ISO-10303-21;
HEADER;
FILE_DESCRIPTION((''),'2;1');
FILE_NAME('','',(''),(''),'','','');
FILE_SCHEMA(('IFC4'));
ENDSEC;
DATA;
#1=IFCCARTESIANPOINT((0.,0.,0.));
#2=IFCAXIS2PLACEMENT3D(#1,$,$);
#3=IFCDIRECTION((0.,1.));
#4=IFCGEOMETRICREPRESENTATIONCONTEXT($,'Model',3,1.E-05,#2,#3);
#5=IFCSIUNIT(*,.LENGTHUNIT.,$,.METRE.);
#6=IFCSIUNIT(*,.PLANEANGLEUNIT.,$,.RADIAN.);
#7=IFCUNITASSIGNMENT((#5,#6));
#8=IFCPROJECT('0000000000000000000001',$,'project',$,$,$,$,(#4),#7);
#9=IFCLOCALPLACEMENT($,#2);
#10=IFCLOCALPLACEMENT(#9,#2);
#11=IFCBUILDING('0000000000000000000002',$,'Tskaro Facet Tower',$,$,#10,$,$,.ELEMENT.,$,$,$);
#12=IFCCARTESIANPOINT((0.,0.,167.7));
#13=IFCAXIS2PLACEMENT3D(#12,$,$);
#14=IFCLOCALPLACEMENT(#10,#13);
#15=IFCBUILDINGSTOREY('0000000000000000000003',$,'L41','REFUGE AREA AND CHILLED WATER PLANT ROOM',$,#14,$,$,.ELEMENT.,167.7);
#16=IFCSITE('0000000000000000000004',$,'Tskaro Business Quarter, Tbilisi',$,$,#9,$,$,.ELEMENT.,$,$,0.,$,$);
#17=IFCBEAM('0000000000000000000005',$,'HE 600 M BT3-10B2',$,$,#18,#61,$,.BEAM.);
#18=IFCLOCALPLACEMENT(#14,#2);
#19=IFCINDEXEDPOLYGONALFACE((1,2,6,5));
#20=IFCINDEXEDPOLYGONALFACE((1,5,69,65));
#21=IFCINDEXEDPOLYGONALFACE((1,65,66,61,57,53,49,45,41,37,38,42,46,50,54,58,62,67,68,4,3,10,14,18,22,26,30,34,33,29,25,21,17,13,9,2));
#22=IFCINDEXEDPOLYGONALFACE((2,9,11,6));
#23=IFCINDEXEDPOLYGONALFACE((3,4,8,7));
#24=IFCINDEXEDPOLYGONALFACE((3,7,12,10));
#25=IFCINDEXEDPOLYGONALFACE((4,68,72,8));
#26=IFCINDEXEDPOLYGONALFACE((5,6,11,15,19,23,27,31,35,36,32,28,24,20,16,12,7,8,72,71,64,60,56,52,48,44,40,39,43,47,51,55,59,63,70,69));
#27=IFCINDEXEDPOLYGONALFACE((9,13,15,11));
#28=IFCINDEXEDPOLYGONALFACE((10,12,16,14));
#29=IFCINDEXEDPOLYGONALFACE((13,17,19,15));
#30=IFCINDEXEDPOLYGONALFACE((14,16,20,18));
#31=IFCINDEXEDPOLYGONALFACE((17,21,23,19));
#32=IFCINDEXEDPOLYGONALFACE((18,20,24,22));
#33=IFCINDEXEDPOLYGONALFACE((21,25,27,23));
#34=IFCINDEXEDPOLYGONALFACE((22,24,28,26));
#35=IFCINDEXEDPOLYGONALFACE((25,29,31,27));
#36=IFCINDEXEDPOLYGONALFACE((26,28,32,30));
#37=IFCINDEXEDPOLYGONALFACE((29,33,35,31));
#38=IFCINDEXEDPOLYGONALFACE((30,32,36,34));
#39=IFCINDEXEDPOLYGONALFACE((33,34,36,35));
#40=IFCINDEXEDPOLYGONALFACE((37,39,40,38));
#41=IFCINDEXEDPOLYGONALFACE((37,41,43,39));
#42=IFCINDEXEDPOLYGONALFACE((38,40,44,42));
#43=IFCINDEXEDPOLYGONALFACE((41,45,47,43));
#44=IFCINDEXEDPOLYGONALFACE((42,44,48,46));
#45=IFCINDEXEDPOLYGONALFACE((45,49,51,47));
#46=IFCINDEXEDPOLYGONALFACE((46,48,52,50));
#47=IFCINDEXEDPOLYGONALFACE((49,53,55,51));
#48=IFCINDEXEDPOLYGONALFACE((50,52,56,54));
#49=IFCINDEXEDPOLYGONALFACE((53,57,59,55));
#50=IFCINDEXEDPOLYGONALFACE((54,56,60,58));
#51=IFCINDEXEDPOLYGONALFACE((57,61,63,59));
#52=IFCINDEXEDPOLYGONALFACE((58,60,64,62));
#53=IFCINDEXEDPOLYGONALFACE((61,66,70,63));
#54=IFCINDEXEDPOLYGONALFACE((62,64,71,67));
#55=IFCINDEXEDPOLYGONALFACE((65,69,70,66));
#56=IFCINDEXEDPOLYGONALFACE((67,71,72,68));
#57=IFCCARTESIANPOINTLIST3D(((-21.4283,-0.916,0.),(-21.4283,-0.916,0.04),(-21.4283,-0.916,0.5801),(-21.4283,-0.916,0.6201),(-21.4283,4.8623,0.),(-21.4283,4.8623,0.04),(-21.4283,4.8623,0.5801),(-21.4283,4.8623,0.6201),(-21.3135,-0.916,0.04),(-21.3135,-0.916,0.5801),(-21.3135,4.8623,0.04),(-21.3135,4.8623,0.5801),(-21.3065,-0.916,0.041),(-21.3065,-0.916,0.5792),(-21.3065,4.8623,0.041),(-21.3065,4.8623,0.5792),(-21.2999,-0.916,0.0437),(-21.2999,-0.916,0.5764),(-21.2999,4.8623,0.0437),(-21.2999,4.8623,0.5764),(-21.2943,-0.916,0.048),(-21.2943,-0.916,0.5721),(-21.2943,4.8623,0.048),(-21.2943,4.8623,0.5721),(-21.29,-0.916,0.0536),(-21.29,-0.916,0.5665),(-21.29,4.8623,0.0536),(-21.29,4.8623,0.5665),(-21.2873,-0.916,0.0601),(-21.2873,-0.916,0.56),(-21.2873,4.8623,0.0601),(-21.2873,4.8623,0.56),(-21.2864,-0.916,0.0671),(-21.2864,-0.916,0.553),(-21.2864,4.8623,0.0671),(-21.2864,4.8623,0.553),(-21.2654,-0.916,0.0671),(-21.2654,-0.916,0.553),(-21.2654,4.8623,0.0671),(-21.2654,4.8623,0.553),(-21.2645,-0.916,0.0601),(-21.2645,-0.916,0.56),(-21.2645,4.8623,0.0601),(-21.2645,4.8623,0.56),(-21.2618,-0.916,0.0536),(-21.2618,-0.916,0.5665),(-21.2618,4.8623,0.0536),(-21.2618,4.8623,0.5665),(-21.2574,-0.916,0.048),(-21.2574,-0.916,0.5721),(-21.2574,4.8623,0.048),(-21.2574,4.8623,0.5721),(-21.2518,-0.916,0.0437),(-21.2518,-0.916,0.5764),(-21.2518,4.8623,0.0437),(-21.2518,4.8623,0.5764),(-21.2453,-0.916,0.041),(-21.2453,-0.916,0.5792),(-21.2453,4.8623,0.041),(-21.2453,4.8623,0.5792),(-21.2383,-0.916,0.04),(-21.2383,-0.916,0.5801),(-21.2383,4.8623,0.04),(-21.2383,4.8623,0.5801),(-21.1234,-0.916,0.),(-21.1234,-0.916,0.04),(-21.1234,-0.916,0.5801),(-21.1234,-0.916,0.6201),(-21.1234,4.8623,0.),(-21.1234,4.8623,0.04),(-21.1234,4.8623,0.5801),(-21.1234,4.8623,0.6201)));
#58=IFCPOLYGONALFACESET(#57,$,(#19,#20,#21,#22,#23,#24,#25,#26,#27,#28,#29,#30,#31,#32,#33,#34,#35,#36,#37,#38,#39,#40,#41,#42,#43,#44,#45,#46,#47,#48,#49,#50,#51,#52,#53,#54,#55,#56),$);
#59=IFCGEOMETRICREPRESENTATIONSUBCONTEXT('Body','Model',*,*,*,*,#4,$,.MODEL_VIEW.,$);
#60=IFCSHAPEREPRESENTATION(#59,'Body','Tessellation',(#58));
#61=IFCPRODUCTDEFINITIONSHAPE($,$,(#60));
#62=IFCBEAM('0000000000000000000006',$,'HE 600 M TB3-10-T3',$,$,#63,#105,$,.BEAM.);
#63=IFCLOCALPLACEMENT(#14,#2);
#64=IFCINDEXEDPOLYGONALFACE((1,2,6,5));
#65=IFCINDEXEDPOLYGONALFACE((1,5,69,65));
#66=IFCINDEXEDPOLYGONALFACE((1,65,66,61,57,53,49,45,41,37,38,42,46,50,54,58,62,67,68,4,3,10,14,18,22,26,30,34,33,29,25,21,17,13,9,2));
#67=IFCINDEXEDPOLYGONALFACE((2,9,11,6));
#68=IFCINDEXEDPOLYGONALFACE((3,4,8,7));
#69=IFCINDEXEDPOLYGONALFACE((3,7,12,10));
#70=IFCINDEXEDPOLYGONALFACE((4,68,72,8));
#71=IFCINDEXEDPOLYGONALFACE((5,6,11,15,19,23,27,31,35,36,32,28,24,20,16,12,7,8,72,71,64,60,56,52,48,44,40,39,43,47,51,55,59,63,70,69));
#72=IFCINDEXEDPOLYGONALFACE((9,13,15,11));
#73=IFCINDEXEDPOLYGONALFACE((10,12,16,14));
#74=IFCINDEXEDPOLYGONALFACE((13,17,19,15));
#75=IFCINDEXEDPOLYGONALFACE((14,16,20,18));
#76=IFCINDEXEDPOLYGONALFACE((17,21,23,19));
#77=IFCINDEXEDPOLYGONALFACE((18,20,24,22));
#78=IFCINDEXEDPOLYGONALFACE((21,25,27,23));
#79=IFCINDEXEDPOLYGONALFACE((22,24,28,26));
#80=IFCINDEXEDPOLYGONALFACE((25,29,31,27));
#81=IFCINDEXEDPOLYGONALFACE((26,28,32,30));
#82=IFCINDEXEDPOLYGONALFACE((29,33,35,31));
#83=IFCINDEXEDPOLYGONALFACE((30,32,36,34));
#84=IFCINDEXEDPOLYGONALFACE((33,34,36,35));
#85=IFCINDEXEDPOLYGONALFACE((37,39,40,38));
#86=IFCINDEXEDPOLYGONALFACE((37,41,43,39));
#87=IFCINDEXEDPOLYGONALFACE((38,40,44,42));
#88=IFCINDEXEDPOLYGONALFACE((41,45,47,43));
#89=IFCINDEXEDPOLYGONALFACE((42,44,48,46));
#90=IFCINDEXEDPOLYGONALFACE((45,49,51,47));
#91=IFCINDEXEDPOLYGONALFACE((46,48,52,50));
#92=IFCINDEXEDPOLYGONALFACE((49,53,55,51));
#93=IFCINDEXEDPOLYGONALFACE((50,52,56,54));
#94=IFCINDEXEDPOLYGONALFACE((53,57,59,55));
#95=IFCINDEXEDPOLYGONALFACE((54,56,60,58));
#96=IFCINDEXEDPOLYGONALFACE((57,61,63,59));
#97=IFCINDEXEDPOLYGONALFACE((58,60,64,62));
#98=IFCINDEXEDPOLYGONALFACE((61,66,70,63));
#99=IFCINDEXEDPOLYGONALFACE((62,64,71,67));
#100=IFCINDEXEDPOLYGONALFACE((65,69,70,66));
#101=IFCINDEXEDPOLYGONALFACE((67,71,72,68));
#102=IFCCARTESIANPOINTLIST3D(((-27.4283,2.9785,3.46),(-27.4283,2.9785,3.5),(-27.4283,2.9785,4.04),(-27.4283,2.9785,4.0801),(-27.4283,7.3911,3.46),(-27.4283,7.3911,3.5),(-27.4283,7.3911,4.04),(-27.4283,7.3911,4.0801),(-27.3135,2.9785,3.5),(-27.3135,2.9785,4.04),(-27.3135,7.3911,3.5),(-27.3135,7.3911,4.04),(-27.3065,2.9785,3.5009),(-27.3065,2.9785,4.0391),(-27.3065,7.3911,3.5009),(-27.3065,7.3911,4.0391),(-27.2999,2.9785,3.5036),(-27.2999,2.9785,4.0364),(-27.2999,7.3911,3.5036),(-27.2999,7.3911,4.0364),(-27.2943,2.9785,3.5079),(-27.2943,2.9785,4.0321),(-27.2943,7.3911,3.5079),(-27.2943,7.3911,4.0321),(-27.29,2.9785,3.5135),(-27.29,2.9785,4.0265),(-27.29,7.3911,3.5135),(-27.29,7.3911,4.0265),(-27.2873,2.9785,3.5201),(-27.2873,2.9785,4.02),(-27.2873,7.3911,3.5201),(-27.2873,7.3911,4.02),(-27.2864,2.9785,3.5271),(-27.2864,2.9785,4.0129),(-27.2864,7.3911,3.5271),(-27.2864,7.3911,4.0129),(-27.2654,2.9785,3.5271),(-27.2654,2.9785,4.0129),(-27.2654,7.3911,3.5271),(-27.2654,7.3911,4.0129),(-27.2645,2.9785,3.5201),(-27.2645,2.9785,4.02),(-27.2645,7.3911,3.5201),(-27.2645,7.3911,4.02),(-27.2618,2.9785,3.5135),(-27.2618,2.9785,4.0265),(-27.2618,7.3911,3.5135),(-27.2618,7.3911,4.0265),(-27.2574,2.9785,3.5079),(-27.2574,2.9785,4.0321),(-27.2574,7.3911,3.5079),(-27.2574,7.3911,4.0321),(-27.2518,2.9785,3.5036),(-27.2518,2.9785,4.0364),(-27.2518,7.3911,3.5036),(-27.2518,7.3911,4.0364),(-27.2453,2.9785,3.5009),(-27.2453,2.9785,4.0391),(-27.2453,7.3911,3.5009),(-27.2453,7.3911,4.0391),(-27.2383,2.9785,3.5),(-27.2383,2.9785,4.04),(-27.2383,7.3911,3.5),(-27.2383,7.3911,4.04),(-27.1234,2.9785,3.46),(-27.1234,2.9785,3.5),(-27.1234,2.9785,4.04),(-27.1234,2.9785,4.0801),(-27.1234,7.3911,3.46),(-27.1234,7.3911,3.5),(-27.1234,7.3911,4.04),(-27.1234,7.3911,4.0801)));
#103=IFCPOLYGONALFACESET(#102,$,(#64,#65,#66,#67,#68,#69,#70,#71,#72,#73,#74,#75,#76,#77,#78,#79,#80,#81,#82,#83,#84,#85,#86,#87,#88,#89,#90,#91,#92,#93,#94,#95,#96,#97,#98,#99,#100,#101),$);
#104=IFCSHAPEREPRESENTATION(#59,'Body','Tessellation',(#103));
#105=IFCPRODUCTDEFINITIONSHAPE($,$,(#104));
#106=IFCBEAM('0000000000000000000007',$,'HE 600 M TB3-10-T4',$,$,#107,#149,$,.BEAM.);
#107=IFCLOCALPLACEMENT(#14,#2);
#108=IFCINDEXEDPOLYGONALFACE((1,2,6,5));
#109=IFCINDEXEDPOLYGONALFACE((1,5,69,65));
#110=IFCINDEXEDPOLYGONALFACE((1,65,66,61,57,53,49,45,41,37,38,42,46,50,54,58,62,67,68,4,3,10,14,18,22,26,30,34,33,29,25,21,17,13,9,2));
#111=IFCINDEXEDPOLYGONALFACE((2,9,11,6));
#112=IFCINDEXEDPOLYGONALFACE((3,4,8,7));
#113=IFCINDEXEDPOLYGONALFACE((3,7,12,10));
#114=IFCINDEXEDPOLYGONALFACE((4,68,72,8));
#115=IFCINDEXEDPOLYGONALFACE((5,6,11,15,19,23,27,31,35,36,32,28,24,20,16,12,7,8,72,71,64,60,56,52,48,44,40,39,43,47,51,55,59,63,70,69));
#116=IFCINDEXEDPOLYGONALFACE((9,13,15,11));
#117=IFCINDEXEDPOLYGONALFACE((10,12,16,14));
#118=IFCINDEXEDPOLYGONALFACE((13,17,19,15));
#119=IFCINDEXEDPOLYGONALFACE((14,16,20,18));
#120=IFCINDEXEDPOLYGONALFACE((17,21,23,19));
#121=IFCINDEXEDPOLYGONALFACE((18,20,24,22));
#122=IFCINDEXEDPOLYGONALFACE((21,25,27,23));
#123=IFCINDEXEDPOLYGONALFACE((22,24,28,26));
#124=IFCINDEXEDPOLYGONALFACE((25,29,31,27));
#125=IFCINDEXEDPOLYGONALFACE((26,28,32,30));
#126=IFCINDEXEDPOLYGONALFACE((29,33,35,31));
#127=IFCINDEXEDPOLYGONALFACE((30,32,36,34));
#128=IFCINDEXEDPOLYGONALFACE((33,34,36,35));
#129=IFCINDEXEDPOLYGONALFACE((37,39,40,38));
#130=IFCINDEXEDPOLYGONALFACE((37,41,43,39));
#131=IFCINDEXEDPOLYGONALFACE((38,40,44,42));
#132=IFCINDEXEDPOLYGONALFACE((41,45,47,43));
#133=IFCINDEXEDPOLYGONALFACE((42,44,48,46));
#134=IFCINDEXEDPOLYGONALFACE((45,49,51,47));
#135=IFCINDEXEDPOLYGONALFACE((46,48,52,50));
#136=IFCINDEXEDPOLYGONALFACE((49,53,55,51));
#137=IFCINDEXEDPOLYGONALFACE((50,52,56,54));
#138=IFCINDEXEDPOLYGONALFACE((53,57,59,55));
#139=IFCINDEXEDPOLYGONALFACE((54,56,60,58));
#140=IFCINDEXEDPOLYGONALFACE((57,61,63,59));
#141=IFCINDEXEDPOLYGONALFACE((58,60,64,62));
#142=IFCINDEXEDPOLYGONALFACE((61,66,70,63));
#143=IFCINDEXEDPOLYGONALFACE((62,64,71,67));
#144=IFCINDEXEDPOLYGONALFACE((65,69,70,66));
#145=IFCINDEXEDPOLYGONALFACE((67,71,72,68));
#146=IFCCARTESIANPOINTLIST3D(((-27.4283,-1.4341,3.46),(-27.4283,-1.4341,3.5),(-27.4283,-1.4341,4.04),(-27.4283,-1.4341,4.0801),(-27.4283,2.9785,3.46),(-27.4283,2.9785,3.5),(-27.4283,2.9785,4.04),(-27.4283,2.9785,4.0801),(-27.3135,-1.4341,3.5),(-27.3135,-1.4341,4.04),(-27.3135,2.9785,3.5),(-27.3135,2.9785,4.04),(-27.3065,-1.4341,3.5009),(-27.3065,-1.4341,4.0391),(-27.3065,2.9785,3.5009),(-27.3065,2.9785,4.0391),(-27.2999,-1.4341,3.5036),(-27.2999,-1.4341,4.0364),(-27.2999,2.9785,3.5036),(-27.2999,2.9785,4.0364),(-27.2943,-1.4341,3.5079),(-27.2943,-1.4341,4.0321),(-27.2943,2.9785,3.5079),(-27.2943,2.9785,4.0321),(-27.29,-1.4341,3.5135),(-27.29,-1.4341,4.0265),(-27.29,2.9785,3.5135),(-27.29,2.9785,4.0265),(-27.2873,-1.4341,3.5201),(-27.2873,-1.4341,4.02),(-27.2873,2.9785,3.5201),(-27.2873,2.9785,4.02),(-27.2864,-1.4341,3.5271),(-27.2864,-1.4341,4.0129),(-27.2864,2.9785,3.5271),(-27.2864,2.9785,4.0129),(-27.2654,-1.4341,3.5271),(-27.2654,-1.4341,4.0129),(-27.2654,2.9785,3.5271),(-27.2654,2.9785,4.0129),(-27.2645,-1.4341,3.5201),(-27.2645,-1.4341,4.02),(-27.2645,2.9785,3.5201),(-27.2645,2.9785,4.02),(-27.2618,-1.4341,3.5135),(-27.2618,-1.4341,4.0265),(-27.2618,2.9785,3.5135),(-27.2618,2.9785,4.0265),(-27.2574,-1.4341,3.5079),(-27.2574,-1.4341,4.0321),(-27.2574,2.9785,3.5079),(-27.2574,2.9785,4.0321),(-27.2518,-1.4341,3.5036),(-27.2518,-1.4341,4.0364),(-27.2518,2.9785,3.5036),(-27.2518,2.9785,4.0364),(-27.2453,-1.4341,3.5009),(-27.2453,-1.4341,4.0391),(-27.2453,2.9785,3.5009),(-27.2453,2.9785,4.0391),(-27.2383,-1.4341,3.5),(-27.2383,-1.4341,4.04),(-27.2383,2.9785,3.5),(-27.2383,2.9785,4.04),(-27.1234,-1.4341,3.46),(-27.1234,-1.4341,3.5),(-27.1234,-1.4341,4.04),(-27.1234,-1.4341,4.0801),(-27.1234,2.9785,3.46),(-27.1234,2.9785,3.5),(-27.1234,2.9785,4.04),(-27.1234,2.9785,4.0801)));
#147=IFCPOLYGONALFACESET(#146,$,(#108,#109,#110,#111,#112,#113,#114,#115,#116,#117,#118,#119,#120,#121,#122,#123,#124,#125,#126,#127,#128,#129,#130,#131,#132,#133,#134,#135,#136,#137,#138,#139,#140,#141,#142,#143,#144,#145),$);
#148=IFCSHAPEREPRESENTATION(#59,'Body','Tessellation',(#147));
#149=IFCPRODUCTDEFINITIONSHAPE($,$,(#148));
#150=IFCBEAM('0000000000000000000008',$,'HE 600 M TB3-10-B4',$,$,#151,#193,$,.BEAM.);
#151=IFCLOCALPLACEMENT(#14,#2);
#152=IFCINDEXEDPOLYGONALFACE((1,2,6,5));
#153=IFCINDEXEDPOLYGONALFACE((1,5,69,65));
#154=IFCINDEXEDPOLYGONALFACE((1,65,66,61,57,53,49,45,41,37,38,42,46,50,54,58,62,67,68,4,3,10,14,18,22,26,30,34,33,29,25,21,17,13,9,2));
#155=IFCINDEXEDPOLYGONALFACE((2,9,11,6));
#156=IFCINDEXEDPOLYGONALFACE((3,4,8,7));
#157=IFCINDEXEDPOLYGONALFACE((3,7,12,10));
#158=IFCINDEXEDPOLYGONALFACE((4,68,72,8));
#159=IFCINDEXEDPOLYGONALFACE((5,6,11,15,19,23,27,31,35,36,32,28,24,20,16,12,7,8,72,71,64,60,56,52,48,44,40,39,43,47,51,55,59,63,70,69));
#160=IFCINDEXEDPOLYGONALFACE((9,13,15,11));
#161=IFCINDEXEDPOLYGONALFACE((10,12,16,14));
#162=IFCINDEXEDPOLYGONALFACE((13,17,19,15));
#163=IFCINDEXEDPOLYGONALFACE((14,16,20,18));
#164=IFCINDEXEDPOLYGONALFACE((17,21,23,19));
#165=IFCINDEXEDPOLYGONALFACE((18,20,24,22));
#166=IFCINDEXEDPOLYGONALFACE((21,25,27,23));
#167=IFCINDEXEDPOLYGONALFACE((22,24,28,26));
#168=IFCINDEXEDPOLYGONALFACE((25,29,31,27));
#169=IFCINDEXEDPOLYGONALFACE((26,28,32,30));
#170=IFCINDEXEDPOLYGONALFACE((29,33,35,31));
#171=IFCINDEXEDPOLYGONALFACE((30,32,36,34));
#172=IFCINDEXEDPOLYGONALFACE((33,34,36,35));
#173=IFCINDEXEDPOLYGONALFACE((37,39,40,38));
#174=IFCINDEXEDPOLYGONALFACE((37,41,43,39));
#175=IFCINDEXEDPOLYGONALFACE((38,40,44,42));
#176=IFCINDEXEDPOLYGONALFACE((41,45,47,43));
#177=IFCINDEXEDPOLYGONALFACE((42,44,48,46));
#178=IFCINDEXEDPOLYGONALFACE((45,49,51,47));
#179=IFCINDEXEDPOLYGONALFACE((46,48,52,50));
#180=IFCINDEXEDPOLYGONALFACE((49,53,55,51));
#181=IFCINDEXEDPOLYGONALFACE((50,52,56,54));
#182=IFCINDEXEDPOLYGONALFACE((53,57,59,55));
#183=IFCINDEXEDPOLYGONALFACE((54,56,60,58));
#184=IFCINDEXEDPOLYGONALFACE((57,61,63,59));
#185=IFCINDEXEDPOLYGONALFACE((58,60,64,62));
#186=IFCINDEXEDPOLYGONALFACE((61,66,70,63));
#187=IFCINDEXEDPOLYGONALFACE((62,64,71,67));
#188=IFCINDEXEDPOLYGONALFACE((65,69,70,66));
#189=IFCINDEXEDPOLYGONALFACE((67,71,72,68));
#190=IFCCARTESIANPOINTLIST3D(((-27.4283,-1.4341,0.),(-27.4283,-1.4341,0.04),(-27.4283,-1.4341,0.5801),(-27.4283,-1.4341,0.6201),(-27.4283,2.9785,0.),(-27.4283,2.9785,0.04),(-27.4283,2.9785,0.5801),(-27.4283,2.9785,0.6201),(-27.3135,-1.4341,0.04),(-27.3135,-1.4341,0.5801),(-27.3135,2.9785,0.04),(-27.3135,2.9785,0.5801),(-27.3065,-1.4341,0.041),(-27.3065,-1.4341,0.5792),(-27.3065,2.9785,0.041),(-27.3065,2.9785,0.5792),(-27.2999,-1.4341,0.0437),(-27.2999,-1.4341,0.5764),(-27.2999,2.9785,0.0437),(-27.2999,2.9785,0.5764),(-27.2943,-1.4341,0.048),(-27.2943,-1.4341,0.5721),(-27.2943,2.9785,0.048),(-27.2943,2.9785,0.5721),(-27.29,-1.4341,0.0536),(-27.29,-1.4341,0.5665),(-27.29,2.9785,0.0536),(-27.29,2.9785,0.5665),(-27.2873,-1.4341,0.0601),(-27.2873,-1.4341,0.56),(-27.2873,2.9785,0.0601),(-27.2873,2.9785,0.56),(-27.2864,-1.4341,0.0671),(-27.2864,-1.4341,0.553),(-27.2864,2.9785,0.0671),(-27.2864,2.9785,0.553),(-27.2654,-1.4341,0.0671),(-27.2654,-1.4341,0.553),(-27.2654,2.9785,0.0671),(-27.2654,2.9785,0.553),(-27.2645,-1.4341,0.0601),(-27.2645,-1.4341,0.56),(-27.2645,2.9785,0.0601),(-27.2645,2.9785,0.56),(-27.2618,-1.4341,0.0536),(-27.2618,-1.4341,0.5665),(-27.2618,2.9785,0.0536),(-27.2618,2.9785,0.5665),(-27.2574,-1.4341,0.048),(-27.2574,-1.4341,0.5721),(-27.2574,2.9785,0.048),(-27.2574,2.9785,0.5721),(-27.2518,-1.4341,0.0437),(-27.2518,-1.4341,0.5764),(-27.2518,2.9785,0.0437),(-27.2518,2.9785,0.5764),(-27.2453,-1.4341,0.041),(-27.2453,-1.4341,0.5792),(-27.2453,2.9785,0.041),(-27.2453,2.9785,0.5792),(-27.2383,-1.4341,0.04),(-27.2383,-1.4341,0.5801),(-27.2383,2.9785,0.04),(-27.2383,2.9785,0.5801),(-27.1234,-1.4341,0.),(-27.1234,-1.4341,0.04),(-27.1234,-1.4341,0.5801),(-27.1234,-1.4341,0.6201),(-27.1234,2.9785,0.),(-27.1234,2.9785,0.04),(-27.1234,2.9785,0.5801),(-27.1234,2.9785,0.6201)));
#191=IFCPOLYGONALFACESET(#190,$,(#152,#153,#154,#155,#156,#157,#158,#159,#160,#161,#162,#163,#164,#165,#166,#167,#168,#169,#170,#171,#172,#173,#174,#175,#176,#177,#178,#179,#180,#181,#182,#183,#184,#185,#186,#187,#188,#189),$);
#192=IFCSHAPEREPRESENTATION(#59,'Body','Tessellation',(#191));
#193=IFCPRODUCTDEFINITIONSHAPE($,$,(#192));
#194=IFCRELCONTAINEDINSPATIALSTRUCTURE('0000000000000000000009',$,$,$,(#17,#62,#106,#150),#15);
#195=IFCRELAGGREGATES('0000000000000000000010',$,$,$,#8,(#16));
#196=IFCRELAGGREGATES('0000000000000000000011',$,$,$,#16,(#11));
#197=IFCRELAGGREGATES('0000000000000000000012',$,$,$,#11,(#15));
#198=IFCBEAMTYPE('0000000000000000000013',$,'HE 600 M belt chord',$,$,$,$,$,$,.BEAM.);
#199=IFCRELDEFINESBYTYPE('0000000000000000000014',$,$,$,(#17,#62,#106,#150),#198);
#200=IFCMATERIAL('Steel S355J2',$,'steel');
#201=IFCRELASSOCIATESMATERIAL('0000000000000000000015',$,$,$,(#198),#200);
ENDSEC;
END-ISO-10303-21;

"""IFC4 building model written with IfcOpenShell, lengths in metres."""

from ifc_helpers import new_model, si_unit, direction, frame, origin, origin_2d, place, context, subcontext, project, spatial, i_section, extrude, material, material_profile, profile_set, type_object, element, save


model = new_model("IFC4")

# Units and contexts
model_context = context("Model", 3, precision=1e-05, world=origin(), true_north=direction((0.0, 1.0)))
body_context = subcontext(model_context, "Body", "Model", "MODEL_VIEW")
ifc_project = project(units=[si_unit("LENGTHUNIT", "METRE"), si_unit("PLANEANGLEUNIT", "RADIAN")], contexts=[model_context])

# Site, building, storey
site_placement = place(None, origin())
site = spatial("IfcSite", under=ifc_project, at=site_placement, Name="Tskaro Business Quarter, Tbilisi", CompositionType="ELEMENT", RefElevation=0.0)
building_placement = place(site_placement, origin())
building = spatial("IfcBuilding", under=site, at=building_placement, Name="Tskaro Facet Tower", CompositionType="ELEMENT")
storey_placement = place(building_placement, frame((0.0, 0.0, 167.7)))
storey = spatial("IfcBuildingStorey", under=building, at=storey_placement, Name="L41", Description="REFUGE AREA AND CHILLED WATER PLANT ROOM", CompositionType="ELEMENT", Elevation=167.7)

# Shared definitions
ifc_material_1 = material(Name="Steel S355J2", Category="steel")

# Beams
ifc_material_profile_1 = material_profile(ifc_material_1, i_section(OverallWidth=0.3049, OverallDepth=0.6201, WebThickness=0.021, FlangeThickness=0.04, FilletRadius=0.0271, at=origin_2d()), Name="HE 600 M")
ifc_profile_set_1 = profile_set([ifc_material_profile_1], Name="Steel S355J2")
beam_type_1 = type_object("IfcBeamType", Name="HE 600 M belt chord", PredefinedType="BEAM", material=ifc_profile_set_1)
beam_1_placement = place(storey_placement, frame((-21.2759, 4.8623, 0.3101), z_axis=(0.0, -1.0, 0.0), x_axis=(1.0, 0.0, 0.0)))
element("IfcBeam", 1, at=beam_1_placement, inside=storey, type_object=beam_type_1, Name="HE 600 M BT3-10B2", PredefinedType="BEAM", context=body_context, shape_type="SweptSolid", body=[
    extrude(i_section(OverallWidth=0.3049, OverallDepth=0.6201, WebThickness=0.021, FlangeThickness=0.04, FilletRadius=0.0271, at=origin_2d()), origin(), (0.0, 0.0, 1.0), 5.7783),
])
for number, where, z_axis, x_axis, name in (
    (2, (-27.2759, 7.3911, 3.77), (0.0, -1.0, 0.0), (1.0, 0.0, 0.0), "HE 600 M TB3-10-T3"),
    (3, (-27.2759, 2.9785, 3.77), (0.0, -1.0, 0.0), (1.0, 0.0, 0.0), "HE 600 M TB3-10-T4"),
    (4, (-27.2759, 2.9785, 0.3101), (0.0, -1.0, 0.0), (1.0, 0.0, 0.0), "HE 600 M TB3-10-B4"),
):
    element("IfcBeam", number, at=place(storey_placement, frame(where, z_axis=z_axis, x_axis=x_axis)), inside=storey, type_object=beam_type_1, Name=name, PredefinedType="BEAM", context=body_context, shape_type="SweptSolid", body=[
        extrude(i_section(OverallWidth=0.3049, OverallDepth=0.6201, WebThickness=0.021, FlangeThickness=0.04, FilletRadius=0.0271, at=origin_2d()), origin(), (0.0, 0.0, 1.0), 4.4126),
    ])

save(model, "model.ifc")
